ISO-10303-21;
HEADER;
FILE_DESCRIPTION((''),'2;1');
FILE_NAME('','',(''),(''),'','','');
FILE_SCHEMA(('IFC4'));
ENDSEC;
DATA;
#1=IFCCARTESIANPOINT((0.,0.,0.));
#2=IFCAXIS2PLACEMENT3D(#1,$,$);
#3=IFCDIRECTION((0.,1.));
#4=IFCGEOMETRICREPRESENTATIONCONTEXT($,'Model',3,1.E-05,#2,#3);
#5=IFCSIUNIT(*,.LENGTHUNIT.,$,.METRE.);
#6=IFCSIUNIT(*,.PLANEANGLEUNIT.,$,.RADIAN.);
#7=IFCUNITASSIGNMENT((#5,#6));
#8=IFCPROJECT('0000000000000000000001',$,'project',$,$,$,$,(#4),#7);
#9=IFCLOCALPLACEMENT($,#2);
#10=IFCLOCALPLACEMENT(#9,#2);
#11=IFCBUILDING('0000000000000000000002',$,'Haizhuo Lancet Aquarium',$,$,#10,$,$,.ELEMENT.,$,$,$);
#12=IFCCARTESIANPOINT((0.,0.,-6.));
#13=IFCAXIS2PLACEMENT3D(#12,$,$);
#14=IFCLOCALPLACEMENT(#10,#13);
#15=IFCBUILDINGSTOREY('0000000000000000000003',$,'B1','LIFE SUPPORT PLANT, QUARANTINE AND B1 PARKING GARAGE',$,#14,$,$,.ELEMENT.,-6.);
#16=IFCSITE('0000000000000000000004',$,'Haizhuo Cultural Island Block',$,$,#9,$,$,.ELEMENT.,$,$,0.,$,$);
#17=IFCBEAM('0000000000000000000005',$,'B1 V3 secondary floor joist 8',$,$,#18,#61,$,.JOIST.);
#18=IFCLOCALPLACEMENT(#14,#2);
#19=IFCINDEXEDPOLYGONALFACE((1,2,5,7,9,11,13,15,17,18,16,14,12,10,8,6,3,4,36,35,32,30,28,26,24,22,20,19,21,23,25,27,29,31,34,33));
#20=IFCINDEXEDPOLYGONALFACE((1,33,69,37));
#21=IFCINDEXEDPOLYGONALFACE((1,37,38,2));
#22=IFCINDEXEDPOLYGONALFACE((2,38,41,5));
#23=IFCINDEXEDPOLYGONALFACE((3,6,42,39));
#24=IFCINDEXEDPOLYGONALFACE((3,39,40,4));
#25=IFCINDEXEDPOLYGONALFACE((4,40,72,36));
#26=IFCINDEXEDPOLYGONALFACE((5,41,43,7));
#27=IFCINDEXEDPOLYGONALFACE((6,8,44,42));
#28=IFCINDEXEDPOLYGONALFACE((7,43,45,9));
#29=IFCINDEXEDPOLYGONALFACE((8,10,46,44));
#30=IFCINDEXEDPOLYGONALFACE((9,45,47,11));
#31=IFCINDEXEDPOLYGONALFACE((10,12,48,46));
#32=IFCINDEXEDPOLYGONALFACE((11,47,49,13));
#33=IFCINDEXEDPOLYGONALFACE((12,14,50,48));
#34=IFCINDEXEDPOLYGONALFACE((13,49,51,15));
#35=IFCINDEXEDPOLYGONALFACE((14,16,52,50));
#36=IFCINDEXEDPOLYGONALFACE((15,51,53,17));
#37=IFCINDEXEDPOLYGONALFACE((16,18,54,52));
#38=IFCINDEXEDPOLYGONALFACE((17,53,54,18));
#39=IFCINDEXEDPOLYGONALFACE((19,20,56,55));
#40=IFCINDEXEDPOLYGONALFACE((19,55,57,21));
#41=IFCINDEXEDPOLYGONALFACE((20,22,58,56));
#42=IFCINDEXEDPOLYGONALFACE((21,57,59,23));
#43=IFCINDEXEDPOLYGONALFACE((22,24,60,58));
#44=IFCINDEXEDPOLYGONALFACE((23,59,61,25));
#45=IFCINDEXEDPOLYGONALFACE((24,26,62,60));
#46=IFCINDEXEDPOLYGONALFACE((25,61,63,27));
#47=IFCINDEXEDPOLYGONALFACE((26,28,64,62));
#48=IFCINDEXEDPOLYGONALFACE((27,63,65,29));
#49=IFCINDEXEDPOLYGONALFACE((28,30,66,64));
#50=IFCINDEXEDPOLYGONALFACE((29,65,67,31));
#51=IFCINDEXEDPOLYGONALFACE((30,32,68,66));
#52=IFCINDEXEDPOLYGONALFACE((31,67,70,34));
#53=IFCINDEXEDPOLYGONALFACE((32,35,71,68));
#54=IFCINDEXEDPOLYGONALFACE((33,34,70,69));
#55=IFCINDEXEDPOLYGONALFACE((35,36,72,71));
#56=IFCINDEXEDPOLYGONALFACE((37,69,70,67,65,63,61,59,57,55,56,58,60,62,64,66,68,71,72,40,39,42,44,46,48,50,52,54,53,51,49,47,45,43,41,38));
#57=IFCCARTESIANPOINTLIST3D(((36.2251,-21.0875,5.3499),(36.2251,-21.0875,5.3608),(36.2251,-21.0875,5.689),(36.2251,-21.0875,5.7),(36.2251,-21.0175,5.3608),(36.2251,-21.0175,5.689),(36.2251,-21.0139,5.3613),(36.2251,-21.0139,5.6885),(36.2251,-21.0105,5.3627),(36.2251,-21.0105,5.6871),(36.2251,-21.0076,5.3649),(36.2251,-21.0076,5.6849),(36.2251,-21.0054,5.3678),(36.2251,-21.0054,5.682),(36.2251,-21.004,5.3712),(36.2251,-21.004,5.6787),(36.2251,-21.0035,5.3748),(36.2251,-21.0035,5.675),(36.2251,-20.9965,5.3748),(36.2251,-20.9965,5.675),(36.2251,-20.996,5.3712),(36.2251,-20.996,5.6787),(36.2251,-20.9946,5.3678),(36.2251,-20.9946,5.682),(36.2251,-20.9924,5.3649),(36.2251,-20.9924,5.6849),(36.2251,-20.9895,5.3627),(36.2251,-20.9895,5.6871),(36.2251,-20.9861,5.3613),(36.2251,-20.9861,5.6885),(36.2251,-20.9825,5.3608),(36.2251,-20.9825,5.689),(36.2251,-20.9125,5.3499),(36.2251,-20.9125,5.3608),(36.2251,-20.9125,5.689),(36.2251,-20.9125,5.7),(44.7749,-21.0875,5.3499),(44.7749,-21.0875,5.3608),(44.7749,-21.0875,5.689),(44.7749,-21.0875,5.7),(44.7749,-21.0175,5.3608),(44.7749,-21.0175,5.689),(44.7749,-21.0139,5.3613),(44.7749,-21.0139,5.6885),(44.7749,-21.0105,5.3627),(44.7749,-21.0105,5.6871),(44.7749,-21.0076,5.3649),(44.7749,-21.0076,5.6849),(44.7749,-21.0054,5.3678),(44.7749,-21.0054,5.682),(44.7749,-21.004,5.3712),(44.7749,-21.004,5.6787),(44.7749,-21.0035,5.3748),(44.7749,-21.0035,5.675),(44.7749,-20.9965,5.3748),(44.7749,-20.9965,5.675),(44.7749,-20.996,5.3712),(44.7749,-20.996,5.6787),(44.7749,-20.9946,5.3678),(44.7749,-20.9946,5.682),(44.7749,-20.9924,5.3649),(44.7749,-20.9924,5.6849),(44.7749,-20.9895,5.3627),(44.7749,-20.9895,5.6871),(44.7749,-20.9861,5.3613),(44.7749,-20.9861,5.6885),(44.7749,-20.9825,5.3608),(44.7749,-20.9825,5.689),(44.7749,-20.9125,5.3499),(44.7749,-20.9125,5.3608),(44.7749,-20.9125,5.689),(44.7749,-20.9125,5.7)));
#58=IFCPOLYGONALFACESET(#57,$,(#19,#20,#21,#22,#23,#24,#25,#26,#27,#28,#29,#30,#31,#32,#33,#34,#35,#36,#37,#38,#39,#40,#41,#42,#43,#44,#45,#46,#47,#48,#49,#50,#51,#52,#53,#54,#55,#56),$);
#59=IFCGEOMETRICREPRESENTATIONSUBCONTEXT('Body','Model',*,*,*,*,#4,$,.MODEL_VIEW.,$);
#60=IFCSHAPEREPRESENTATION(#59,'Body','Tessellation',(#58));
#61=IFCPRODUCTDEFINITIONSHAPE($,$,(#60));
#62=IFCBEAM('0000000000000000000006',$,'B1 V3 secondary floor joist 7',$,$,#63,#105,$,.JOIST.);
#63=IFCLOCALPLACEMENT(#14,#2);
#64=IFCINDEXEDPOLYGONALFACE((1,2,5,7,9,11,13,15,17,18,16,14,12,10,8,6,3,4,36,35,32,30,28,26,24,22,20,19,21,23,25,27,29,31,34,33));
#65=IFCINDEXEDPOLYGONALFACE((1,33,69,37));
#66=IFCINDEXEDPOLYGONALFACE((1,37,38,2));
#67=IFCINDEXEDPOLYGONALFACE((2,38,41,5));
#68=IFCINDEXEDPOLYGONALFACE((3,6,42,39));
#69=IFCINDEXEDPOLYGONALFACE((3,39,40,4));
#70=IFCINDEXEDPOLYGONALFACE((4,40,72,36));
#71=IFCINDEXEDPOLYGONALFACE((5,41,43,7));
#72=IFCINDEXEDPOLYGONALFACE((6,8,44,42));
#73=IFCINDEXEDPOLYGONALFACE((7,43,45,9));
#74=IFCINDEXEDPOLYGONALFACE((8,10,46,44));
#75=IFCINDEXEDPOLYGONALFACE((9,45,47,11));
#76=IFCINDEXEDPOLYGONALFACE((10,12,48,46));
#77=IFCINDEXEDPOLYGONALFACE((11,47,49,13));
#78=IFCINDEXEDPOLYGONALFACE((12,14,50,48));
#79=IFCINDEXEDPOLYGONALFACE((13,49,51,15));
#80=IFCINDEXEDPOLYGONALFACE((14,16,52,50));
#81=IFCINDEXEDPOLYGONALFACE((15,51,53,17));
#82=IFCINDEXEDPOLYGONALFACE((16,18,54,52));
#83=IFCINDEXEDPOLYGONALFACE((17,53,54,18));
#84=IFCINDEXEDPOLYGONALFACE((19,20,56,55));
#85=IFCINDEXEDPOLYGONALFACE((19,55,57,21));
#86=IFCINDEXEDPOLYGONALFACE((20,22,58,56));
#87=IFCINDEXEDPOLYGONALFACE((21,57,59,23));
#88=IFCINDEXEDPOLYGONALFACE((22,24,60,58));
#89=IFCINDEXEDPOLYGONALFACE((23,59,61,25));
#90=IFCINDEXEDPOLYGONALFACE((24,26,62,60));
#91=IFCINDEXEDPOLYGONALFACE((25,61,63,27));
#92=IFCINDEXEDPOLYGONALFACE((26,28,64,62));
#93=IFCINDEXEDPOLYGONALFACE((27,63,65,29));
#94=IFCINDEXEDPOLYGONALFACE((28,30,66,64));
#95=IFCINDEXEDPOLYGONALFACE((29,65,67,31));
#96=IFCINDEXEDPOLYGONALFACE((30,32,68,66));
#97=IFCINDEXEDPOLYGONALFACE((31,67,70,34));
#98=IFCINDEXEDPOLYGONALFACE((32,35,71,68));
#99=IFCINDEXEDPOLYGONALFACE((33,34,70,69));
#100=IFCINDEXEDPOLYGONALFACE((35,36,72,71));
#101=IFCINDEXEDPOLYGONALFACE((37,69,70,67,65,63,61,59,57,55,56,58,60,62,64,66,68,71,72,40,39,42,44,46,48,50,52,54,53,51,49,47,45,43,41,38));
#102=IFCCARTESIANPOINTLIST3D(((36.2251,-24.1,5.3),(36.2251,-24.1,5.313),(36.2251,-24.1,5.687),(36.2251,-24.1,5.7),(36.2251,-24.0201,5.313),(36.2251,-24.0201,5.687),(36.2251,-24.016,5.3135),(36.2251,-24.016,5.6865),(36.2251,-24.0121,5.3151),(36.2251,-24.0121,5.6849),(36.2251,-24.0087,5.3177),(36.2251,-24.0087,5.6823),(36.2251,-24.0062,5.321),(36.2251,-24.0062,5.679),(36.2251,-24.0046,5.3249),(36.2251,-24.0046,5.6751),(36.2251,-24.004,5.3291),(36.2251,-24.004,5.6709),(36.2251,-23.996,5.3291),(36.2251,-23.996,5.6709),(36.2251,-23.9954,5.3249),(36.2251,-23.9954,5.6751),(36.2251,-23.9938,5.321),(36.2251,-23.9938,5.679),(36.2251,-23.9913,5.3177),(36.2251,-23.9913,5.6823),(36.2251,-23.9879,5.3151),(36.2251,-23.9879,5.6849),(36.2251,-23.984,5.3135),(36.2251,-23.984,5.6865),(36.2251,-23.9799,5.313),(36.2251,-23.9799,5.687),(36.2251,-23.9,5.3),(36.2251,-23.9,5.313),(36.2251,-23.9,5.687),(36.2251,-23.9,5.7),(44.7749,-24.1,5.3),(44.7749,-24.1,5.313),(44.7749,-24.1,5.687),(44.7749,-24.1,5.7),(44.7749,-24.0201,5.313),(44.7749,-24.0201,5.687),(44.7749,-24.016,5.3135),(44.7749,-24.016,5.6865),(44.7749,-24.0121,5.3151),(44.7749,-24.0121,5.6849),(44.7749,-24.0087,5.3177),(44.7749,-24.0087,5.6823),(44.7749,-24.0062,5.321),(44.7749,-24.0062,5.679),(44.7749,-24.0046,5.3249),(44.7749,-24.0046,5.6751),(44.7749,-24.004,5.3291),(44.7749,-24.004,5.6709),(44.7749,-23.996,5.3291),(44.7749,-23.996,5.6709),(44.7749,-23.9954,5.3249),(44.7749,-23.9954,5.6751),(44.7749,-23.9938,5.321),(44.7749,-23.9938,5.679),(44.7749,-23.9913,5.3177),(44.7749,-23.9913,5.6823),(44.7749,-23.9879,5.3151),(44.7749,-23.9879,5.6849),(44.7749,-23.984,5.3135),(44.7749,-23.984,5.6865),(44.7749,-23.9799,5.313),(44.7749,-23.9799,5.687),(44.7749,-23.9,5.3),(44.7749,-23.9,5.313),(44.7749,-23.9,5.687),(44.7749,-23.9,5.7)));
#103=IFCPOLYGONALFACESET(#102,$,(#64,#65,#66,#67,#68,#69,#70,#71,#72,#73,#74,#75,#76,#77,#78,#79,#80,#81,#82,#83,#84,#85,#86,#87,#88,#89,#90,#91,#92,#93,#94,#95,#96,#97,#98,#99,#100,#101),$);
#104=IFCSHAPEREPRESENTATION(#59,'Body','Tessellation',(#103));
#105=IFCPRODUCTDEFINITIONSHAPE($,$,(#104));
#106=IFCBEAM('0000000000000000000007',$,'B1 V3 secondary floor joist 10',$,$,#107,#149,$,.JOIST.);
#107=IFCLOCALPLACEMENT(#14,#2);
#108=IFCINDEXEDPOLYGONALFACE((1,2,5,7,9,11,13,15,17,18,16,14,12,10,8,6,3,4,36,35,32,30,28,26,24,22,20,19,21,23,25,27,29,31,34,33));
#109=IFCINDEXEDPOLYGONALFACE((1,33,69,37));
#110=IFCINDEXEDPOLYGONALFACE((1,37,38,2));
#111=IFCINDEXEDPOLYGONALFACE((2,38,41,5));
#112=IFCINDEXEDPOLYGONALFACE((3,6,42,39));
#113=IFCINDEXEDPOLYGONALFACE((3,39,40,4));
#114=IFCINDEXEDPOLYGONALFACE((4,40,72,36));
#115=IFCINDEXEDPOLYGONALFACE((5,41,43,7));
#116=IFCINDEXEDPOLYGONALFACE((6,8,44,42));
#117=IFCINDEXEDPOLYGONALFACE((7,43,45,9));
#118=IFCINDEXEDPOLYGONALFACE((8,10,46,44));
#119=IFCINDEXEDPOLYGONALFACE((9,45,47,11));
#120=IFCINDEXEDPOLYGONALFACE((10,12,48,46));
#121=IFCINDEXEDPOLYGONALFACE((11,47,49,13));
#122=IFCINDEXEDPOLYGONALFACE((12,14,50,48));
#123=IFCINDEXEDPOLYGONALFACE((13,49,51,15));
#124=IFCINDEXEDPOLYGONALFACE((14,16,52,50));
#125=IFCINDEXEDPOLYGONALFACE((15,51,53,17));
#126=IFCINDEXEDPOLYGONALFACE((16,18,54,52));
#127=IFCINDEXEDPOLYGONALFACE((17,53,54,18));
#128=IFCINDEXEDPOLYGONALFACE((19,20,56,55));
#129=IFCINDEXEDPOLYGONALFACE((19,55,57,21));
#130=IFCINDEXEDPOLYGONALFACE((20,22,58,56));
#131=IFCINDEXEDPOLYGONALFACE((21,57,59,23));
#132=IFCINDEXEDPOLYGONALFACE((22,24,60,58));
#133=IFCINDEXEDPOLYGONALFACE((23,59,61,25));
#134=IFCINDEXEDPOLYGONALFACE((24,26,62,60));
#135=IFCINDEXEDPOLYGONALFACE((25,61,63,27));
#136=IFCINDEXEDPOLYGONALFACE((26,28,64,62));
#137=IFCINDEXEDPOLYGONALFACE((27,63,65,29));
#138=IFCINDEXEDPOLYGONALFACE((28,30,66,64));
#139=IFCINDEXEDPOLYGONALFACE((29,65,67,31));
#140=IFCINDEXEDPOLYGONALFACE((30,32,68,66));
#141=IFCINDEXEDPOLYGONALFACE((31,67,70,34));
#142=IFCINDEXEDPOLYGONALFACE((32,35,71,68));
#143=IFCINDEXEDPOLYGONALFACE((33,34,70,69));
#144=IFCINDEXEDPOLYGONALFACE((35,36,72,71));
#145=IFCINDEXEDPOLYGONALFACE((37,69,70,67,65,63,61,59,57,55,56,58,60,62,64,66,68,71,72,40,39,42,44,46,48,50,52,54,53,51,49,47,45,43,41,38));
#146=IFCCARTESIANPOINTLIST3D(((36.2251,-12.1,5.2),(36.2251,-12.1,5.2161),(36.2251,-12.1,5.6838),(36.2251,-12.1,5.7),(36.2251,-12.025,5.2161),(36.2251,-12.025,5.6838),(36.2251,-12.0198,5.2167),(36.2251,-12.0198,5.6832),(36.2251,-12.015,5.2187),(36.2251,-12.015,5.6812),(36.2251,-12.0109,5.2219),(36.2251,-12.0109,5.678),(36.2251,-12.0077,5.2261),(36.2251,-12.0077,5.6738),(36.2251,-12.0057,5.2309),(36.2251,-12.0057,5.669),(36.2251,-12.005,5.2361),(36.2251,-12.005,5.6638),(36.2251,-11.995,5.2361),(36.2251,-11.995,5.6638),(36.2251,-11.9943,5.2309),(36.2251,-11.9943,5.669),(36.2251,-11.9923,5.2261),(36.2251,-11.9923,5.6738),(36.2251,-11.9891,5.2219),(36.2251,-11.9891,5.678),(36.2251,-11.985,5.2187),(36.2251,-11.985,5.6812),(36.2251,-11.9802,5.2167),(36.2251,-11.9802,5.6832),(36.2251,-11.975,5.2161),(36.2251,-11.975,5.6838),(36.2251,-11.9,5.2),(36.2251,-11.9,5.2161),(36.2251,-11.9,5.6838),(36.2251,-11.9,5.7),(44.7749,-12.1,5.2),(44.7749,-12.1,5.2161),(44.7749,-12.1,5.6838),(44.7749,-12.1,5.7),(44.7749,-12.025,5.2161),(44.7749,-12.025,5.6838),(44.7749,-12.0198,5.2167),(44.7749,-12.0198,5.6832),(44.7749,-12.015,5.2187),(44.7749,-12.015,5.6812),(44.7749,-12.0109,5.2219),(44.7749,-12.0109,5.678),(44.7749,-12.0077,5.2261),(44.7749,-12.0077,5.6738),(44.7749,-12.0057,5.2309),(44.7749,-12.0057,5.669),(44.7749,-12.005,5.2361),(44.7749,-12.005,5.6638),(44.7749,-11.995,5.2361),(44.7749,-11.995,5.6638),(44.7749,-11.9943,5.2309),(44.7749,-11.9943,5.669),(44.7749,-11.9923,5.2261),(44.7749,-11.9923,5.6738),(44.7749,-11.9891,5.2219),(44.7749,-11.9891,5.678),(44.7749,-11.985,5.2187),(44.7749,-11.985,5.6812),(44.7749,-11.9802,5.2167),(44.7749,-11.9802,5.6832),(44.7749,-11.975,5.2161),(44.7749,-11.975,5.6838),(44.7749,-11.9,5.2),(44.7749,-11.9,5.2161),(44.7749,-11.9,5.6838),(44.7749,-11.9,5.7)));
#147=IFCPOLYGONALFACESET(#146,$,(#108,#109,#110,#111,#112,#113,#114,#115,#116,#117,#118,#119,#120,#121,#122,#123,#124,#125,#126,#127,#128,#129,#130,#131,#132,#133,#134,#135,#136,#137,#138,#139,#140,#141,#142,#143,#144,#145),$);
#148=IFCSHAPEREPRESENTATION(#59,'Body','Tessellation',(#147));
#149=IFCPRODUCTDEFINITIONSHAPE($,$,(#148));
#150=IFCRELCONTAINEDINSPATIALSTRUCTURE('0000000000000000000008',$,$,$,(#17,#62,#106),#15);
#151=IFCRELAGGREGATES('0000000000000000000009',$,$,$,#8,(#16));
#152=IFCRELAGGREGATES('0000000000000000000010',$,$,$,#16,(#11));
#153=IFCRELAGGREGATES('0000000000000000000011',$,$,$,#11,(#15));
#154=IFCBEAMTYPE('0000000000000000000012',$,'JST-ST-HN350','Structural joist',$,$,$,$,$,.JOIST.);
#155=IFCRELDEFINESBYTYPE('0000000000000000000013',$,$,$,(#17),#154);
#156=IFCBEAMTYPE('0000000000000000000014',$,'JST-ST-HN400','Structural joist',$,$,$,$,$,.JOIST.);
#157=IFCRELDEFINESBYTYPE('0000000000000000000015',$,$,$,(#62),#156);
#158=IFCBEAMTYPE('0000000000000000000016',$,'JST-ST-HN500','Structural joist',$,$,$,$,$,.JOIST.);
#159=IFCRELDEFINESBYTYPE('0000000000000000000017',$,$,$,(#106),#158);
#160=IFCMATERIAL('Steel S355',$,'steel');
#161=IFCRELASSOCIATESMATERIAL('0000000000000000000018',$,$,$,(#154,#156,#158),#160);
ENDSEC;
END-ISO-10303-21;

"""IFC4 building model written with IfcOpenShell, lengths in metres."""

from ifc_helpers import new_model, si_unit, direction, frame, origin, origin_2d, place, context, subcontext, project, spatial, i_section, extrude, material, material_profile, profile_set, type_object, element, save


model = new_model("IFC4")

# Units and contexts
model_context = context("Model", 3, precision=1e-05, world=origin(), true_north=direction((0.0, 1.0)))
body_context = subcontext(model_context, "Body", "Model", "MODEL_VIEW")
ifc_project = project(units=[si_unit("LENGTHUNIT", "METRE"), si_unit("PLANEANGLEUNIT", "RADIAN")], contexts=[model_context])

# Site, building, storey
site_placement = place(None, origin())
site = spatial("IfcSite", under=ifc_project, at=site_placement, Name="Haizhuo Cultural Island Block", CompositionType="ELEMENT", RefElevation=0.0)
building_placement = place(site_placement, origin())
building = spatial("IfcBuilding", under=site, at=building_placement, Name="Haizhuo Lancet Aquarium", CompositionType="ELEMENT")
storey_placement = place(building_placement, frame((0.0, 0.0, -6.0)))
storey = spatial("IfcBuildingStorey", under=building, at=storey_placement, Name="B1", Description="LIFE SUPPORT PLANT, QUARANTINE AND B1 PARKING GARAGE", CompositionType="ELEMENT", Elevation=-6.0)

# Beams
ifc_material_1 = material(Name="Steel S355", Category="steel")
ifc_material_profile_1 = material_profile(ifc_material_1, i_section(OverallWidth=0.175, OverallDepth=0.3501, WebThickness=0.0071, FlangeThickness=0.011, FilletRadius=0.0139, at=origin_2d()), Name="HN 350x175x7x11")
ifc_profile_set_1 = profile_set([ifc_material_profile_1], Name="Steel S355")
beam_type_1 = type_object("IfcBeamType", Name="JST-ST-HN350", Description="Structural joist", PredefinedType="JOIST", material=ifc_profile_set_1)
beam_1_placement = place(storey_placement, frame((36.2251, -21.0, 5.5249), z_axis=(1.0, 0.0, 0.0), x_axis=(0.0, 1.0, 0.0)))
element("IfcBeam", 1, at=beam_1_placement, inside=storey, type_object=beam_type_1, Name="B1 V3 secondary floor joist 8", PredefinedType="JOIST", context=body_context, shape_type="SweptSolid", body=[
    extrude(i_section(OverallWidth=0.175, OverallDepth=0.3501, WebThickness=0.0071, FlangeThickness=0.011, FilletRadius=0.0139, at=origin_2d()), origin(), (0.0, 0.0, 1.0), 8.5498),
])
ifc_material_profile_2 = material_profile(ifc_material_1, i_section(OverallWidth=0.2, OverallDepth=0.3999, WebThickness=0.0081, FlangeThickness=0.0129, FilletRadius=0.0161, at=origin_2d()), Name="HN 400x200x8x13")
ifc_profile_set_2 = profile_set([ifc_material_profile_2], Name="Steel S355")
beam_type_2 = type_object("IfcBeamType", Name="JST-ST-HN400", Description="Structural joist", PredefinedType="JOIST", material=ifc_profile_set_2)
beam_2_placement = place(storey_placement, frame((36.2251, -24.0, 5.5), z_axis=(1.0, 0.0, 0.0), x_axis=(0.0, 1.0, 0.0)))
element("IfcBeam", 2, at=beam_2_placement, inside=storey, type_object=beam_type_2, Name="B1 V3 secondary floor joist 7", PredefinedType="JOIST", context=body_context, shape_type="SweptSolid", body=[
    extrude(i_section(OverallWidth=0.2, OverallDepth=0.3999, WebThickness=0.0081, FlangeThickness=0.0129, FilletRadius=0.0161, at=origin_2d()), origin(), (0.0, 0.0, 1.0), 8.5498),
])
ifc_material_profile_3 = material_profile(ifc_material_1, i_section(OverallWidth=0.2, OverallDepth=0.5, WebThickness=0.01, FlangeThickness=0.0161, FilletRadius=0.02, at=origin_2d()), Name="HN 500x200x10x16")
ifc_profile_set_3 = profile_set([ifc_material_profile_3], Name="Steel S355")
beam_type_3 = type_object("IfcBeamType", Name="JST-ST-HN500", Description="Structural joist", PredefinedType="JOIST", material=ifc_profile_set_3)
beam_3_placement = place(storey_placement, frame((36.2251, -12.0, 5.45), z_axis=(1.0, 0.0, 0.0), x_axis=(0.0, 1.0, 0.0)))
element("IfcBeam", 3, at=beam_3_placement, inside=storey, type_object=beam_type_3, Name="B1 V3 secondary floor joist 10", PredefinedType="JOIST", context=body_context, shape_type="SweptSolid", body=[
    extrude(i_section(OverallWidth=0.2, OverallDepth=0.5, WebThickness=0.01, FlangeThickness=0.0161, FilletRadius=0.02, at=origin_2d()), origin(), (0.0, 0.0, 1.0), 8.5498),
])

save(model, "model.ifc")
